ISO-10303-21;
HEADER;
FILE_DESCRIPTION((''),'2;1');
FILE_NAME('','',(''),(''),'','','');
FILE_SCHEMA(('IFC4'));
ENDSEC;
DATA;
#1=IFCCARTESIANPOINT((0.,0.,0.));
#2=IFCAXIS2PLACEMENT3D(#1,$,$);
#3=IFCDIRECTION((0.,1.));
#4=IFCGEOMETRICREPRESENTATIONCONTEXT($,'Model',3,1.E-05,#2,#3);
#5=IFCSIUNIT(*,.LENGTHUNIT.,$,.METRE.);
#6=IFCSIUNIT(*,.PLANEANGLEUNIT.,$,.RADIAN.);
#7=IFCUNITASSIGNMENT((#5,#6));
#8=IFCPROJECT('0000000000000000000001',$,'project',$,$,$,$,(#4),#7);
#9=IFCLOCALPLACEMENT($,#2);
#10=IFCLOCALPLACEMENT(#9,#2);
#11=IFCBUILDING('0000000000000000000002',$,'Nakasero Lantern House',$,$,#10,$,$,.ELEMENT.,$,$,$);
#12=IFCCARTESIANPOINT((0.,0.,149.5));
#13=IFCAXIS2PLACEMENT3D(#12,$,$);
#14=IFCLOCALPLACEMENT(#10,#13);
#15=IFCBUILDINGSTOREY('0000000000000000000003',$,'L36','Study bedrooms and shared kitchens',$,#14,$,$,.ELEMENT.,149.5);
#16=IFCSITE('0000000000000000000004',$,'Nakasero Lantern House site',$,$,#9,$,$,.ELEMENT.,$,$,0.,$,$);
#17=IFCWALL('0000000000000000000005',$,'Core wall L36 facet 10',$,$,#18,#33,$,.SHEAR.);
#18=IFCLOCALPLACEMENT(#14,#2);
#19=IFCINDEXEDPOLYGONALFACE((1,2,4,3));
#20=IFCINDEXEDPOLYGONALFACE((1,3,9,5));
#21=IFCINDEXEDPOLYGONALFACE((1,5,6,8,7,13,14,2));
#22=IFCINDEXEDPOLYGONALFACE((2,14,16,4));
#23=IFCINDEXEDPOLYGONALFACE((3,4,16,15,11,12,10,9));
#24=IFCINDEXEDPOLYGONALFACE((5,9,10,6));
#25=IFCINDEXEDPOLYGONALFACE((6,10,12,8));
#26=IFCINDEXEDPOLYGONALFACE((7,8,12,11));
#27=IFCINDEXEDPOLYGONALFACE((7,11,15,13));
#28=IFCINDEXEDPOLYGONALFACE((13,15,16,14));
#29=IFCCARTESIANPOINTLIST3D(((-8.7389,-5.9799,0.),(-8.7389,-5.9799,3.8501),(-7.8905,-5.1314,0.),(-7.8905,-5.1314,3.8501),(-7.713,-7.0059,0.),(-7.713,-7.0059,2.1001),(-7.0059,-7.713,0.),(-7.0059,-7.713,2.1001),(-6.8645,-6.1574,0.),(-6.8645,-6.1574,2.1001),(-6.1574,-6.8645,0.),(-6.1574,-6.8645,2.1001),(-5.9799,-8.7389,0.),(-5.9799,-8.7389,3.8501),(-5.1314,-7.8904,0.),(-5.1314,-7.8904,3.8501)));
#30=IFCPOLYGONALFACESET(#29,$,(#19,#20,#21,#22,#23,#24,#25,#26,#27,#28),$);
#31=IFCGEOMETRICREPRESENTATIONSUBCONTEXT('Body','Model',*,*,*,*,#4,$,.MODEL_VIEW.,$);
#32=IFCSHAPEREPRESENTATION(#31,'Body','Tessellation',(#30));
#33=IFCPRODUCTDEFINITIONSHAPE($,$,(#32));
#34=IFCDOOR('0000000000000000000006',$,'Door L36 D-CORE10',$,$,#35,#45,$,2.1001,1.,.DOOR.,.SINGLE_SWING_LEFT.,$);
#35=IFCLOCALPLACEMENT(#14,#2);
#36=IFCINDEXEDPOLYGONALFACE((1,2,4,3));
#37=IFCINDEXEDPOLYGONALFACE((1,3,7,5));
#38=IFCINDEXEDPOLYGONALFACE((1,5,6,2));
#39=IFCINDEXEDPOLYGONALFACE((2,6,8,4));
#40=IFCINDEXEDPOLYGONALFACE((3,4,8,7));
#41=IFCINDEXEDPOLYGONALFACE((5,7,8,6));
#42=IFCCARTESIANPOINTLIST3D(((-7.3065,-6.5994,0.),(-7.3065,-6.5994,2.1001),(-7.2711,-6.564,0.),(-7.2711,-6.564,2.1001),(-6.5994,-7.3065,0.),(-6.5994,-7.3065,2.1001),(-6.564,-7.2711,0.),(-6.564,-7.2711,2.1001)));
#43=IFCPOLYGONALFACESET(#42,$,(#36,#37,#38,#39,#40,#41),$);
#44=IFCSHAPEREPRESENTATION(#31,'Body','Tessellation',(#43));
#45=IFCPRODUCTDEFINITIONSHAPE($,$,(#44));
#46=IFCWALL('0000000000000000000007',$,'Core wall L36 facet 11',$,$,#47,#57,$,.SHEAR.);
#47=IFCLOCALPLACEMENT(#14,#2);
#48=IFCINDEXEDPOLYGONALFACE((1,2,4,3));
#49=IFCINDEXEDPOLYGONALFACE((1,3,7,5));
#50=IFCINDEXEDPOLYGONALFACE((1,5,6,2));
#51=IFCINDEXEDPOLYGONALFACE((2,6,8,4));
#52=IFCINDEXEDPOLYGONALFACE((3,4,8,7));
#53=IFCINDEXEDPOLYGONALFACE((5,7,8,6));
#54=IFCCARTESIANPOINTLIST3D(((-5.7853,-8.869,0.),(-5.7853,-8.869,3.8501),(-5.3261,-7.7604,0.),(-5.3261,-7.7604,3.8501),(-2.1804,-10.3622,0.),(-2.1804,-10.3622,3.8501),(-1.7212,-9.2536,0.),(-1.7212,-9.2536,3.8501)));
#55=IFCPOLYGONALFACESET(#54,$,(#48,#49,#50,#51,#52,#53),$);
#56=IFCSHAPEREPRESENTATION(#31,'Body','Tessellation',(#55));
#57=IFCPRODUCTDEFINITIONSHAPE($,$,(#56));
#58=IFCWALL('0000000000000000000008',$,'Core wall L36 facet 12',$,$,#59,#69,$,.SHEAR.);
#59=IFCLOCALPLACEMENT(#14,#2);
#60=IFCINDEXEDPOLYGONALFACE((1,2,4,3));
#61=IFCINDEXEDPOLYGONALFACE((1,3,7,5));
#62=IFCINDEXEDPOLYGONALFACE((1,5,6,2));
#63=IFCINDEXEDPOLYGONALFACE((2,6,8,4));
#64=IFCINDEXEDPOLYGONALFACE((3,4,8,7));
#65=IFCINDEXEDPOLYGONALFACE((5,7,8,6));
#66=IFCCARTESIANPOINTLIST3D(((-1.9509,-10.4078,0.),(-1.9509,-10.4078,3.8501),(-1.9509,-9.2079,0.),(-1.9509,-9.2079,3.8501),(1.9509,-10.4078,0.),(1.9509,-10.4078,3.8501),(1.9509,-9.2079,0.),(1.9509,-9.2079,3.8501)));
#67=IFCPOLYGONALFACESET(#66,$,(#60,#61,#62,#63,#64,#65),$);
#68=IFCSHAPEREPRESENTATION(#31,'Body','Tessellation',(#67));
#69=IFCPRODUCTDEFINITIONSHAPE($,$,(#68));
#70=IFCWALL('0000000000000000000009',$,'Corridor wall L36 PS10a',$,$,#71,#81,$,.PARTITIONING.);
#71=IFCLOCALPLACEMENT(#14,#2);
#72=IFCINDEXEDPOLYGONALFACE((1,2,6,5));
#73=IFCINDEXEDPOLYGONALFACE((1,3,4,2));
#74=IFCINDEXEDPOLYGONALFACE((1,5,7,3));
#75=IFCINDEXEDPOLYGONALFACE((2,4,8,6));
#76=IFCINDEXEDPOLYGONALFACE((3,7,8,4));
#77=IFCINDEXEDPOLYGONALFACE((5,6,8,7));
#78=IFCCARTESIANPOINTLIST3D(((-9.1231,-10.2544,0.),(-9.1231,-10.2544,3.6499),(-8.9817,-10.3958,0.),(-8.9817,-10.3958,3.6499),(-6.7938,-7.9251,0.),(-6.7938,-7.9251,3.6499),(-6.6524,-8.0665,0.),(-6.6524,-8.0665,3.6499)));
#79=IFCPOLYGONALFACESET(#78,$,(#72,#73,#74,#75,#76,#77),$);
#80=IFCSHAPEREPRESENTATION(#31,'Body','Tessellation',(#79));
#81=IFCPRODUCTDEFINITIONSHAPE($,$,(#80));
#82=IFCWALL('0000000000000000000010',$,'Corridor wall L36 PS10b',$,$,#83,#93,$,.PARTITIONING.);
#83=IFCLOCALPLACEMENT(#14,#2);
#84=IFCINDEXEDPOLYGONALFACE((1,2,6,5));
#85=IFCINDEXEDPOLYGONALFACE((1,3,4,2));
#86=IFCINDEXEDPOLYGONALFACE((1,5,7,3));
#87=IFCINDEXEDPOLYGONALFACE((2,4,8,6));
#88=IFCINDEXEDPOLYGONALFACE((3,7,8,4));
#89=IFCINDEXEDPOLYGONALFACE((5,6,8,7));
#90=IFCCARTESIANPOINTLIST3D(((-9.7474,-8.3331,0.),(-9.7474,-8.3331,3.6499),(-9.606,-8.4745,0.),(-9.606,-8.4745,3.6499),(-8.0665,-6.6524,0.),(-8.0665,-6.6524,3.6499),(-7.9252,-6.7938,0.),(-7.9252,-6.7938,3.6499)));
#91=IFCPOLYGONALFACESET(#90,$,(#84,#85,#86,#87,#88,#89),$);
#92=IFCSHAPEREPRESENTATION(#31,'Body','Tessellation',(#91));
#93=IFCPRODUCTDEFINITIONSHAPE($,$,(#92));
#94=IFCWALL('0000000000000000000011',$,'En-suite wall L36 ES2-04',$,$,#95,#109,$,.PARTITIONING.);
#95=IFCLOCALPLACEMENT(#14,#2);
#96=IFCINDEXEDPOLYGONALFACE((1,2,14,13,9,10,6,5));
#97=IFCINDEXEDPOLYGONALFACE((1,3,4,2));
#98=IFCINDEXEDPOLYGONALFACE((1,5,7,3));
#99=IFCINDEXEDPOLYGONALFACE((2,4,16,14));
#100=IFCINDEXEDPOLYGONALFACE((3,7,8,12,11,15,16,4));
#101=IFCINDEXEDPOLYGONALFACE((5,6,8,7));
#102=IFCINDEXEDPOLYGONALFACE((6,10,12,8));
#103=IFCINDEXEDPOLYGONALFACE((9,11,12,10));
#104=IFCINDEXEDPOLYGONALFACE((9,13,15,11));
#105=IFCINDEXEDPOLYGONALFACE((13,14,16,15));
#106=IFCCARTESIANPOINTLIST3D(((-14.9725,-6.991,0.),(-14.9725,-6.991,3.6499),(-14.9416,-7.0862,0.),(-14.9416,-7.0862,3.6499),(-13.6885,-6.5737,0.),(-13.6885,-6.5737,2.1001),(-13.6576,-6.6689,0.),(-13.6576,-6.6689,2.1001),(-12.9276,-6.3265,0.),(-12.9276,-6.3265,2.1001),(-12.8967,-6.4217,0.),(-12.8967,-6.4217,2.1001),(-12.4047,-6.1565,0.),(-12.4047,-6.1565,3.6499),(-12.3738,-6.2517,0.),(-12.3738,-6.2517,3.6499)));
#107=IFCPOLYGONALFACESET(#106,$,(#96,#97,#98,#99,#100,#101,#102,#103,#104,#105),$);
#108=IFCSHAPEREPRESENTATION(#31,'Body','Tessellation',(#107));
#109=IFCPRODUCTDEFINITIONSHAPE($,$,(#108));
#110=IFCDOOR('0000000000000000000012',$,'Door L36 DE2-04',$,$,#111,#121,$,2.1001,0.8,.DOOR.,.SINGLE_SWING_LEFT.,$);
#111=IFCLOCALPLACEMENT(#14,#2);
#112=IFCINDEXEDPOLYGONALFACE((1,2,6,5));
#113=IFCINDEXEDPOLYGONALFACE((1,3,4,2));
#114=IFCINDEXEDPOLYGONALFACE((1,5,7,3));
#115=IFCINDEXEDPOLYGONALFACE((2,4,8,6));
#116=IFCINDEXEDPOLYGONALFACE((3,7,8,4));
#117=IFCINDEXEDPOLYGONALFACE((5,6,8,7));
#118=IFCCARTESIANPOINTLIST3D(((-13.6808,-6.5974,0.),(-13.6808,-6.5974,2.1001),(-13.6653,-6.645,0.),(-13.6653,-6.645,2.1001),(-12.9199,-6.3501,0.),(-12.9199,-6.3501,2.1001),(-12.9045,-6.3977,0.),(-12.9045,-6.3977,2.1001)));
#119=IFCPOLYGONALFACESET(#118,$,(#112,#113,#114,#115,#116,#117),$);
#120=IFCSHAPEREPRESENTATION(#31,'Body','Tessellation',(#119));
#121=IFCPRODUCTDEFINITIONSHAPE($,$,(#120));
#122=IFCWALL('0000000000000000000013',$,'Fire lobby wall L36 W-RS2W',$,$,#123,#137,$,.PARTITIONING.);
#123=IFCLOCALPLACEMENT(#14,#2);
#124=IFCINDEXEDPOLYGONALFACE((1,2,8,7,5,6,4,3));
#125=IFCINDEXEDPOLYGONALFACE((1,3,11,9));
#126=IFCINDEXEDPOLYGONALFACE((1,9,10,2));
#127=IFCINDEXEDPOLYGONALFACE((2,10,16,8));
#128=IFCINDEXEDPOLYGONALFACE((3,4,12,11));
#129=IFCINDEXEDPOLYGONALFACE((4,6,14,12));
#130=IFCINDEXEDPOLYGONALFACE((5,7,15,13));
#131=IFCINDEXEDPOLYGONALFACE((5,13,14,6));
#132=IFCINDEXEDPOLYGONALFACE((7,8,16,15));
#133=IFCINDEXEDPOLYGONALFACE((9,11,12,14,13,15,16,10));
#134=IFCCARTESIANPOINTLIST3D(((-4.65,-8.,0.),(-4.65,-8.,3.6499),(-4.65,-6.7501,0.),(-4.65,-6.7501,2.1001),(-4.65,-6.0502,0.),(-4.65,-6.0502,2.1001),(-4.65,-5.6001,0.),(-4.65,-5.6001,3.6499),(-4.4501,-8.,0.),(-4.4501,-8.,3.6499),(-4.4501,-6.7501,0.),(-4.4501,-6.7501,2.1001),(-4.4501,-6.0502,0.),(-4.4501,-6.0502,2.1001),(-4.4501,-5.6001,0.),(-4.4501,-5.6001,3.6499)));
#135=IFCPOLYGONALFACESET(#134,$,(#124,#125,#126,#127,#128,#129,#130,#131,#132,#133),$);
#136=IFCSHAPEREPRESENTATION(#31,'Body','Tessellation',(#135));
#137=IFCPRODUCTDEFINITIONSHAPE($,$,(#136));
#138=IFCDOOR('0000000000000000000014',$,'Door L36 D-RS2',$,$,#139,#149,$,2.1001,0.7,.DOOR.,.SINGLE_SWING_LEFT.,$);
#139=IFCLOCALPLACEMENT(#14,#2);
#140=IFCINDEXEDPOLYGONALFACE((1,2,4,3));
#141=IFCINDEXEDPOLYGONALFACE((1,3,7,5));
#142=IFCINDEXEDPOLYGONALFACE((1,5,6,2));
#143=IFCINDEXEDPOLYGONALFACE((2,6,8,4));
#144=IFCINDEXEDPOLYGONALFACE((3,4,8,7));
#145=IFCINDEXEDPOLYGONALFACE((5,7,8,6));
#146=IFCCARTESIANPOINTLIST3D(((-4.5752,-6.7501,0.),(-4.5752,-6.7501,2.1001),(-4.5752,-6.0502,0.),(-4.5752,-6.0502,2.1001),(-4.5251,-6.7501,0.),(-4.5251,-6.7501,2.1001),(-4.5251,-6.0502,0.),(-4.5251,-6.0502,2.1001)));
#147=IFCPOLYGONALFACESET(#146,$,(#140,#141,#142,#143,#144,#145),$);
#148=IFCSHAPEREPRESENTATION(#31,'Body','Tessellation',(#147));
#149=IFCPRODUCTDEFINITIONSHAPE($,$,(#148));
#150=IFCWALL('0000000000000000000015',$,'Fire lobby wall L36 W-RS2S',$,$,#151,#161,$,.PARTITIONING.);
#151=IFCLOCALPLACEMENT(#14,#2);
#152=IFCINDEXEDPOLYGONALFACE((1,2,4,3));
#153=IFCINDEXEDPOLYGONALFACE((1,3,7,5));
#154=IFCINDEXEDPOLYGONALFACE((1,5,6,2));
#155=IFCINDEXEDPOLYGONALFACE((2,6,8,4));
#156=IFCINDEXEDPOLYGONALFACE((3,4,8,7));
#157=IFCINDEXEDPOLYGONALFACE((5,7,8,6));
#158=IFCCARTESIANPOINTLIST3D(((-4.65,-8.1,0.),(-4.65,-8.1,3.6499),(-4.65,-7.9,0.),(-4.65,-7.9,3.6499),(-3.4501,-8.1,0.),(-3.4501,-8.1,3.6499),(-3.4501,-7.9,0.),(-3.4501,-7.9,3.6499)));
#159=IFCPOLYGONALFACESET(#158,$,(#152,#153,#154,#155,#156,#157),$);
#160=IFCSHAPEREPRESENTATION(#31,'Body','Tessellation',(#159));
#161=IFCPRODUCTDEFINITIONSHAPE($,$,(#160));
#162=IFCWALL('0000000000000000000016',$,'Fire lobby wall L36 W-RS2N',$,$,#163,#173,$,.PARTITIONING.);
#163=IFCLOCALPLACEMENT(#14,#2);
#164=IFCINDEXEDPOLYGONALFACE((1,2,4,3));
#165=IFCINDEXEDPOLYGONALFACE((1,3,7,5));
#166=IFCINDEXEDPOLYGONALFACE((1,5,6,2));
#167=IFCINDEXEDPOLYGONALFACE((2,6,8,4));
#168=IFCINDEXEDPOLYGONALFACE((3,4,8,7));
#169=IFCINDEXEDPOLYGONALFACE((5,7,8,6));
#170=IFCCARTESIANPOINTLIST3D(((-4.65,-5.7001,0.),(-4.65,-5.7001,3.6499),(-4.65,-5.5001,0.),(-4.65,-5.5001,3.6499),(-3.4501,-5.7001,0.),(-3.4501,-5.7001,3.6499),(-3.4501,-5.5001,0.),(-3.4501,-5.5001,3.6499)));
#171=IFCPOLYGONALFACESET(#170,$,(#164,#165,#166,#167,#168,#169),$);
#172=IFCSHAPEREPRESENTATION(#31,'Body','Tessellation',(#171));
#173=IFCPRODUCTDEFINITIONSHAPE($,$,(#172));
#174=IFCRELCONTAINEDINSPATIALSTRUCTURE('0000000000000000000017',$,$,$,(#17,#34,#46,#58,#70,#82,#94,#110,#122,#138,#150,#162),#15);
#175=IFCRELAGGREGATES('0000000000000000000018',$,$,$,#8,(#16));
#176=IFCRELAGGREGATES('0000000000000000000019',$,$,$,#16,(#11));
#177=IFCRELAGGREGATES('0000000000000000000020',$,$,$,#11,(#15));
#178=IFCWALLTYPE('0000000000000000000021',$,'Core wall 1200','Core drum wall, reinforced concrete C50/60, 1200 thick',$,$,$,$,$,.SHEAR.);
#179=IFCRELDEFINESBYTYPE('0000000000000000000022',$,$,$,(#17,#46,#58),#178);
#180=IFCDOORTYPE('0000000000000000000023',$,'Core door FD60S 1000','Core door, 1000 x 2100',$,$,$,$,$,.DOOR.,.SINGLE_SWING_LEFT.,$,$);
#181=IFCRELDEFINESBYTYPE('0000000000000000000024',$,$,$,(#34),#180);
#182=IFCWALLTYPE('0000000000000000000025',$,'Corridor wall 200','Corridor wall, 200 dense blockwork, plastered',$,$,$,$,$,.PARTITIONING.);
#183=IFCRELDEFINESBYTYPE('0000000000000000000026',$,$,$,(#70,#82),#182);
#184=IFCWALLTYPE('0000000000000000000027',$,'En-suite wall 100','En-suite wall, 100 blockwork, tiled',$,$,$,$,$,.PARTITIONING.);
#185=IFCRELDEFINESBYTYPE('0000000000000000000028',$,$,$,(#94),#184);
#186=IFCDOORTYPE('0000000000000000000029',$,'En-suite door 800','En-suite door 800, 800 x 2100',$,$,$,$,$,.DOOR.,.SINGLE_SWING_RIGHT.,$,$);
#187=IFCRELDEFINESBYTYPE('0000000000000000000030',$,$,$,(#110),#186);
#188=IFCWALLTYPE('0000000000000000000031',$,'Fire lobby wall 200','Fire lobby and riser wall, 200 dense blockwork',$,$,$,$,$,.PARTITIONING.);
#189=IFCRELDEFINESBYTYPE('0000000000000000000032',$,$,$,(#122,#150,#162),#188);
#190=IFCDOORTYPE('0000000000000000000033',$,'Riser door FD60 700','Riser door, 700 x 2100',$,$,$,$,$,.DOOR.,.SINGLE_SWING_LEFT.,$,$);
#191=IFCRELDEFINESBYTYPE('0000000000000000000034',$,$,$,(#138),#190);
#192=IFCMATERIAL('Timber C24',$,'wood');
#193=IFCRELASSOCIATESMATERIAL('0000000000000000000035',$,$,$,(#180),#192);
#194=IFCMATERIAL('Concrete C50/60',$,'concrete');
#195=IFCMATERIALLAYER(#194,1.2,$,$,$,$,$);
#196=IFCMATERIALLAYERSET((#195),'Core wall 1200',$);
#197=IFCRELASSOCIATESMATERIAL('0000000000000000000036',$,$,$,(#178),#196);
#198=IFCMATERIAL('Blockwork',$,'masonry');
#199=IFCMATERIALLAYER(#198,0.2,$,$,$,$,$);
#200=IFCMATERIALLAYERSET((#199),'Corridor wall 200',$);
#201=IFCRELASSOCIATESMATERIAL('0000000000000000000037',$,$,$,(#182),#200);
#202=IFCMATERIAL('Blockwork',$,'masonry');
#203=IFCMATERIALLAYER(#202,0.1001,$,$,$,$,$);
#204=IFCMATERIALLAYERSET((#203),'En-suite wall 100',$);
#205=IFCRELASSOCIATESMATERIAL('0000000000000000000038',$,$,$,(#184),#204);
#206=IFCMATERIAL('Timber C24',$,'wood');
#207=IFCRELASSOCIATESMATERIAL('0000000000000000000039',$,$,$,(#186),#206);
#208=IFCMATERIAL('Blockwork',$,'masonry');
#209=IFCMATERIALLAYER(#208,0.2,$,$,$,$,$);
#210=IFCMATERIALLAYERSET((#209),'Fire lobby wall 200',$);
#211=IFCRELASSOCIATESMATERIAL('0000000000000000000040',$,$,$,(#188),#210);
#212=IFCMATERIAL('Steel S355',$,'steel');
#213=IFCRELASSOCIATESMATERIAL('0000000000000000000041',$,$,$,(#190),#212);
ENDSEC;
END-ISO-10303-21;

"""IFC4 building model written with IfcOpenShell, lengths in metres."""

from ifc_helpers import new_model, si_unit, direction, frame, frame_2d, origin, place, context, subcontext, project, spatial, rectangle, extrude, material, layer, layer_set, type_object, element, fill, save


model = new_model("IFC4")

# Units and contexts
model_context = context("Model", 3, precision=1e-05, world=origin(), true_north=direction((0.0, 1.0)))
body_context = subcontext(model_context, "Body", "Model", "MODEL_VIEW")
ifc_project = project(units=[si_unit("LENGTHUNIT", "METRE"), si_unit("PLANEANGLEUNIT", "RADIAN")], contexts=[model_context])

# Site, building, storey
site_placement = place(None, origin())
site = spatial("IfcSite", under=ifc_project, at=site_placement, Name="Nakasero Lantern House site", CompositionType="ELEMENT", RefElevation=0.0)
building_placement = place(site_placement, origin())
building = spatial("IfcBuilding", under=site, at=building_placement, Name="Nakasero Lantern House", CompositionType="ELEMENT")
storey_placement = place(building_placement, frame((0.0, 0.0, 149.5)))
storey = spatial("IfcBuildingStorey", under=building, at=storey_placement, Name="L36", Description="Study bedrooms and shared kitchens", CompositionType="ELEMENT", Elevation=149.5)

# Shared definitions
ifc_material_1 = material(Name="Timber C24", Category="wood")
door_type_1 = type_object("IfcDoorType", Name="Core door FD60S 1000", Description="Core door, 1000 x 2100", OperationType="SINGLE_SWING_LEFT", PredefinedType="DOOR", material=ifc_material_1)

# Shared definitions
ifc_material_2 = material(Name="Concrete C50/60", Category="concrete")
ifc_layer_1 = layer(ifc_material_2, 1.2)
ifc_layer_set_1 = layer_set([ifc_layer_1], Name="Core wall 1200")
wall_type_1 = type_object("IfcWallType", Name="Core wall 1200", Description="Core drum wall, reinforced concrete C50/60, 1200 thick", PredefinedType="SHEAR", material=ifc_layer_set_1)

# Wall, opening, door
wall_1_placement = place(storey_placement, frame((-8.3147, -5.5557, 0.0), z_axis=(0.0, 0.0, 1.0), x_axis=(0.707107, -0.707107, 0.0)))
wall_1 = element("IfcWall", 1, at=wall_1_placement, inside=storey, type_object=wall_type_1, Name="Core wall L36 facet 10", PredefinedType="SHEAR", context=body_context, shape_type="SweptSolid", body=[
    extrude(rectangle(XDim=3.9019, YDim=1.2, at=frame_2d((1.9509, 0.0))), origin(), (0.0, 0.0, 1.0), 3.8501),
])
opening_1_placement = place(wall_1_placement, frame((1.4509, 0.0, 0.0)))
opening_1 = element("IfcOpeningElement", 2, at=opening_1_placement, cuts=wall_1, PredefinedType="OPENING", context=body_context, shape_type="SweptSolid", body=[
    extrude(rectangle(XDim=1.0, YDim=2.1001, at=frame_2d((0.5, 1.05))), frame((0.0, 0.6199, 0.0), z_axis=(0.0, -1.0, 0.0), x_axis=(1.0, 0.0, 0.0)), (0.0, 0.0, 1.0), 1.24),
])
door_1_placement = place(opening_1_placement, origin())
door_1 = element("IfcDoor", 3, at=door_1_placement, inside=storey, type_object=door_type_1, Name="Door L36 D-CORE10", OperationType="SINGLE_SWING_LEFT", OverallHeight=2.1001, OverallWidth=1.0, PredefinedType="DOOR", context=body_context, shape_type="SweptSolid", body=[
    extrude(rectangle(XDim=1.0, YDim=2.1001, at=frame_2d((0.5, 1.05))), frame((0.0, 0.0249, 0.0), z_axis=(0.0, -1.0, 0.0), x_axis=(1.0, 0.0, 0.0)), (0.0, 0.0, 1.0), 0.05),
])
fill(opening_1, door_1)

# Walls
for number, where, z_axis, x_axis, name in (
    (4, (-5.5557, -8.3147, 0.0), (0.0, 0.0, 1.0), (0.923877, -0.382691, 0.0), "Core wall L36 facet 11"),
    (5, (-1.9509, -9.8079, 0.0), (0.0, 0.0, 1.0), (1.0, 0.0, 0.0), "Core wall L36 facet 12"),
):
    element("IfcWall", number, at=place(storey_placement, frame(where, z_axis=z_axis, x_axis=x_axis)), inside=storey, type_object=wall_type_1, Name=name, PredefinedType="SHEAR", context=body_context, shape_type="SweptSolid", body=[
        extrude(rectangle(XDim=3.9019, YDim=1.2, at=frame_2d((1.9509, 0.0))), origin(), (0.0, 0.0, 1.0), 3.8501),
    ])
ifc_material_3 = material(Name="Blockwork", Category="masonry")
ifc_layer_2 = layer(ifc_material_3, 0.2)
ifc_layer_set_2 = layer_set([ifc_layer_2], Name="Corridor wall 200")
wall_type_2 = type_object("IfcWallType", Name="Corridor wall 200", Description="Corridor wall, 200 dense blockwork, plastered", PredefinedType="PARTITIONING", material=ifc_layer_set_2)
wall_2_placement = place(storey_placement, frame((-6.7231, -7.9958, 0.0), z_axis=(0.0, 0.0, 1.0), x_axis=(-0.707107, -0.707107, 0.0)))
element("IfcWall", 6, at=wall_2_placement, inside=storey, type_object=wall_type_2, Name="Corridor wall L36 PS10a", PredefinedType="PARTITIONING", context=body_context, shape_type="SweptSolid", body=[
    extrude(rectangle(XDim=3.2942, YDim=0.2, at=frame_2d((1.647, 0.0))), origin(), (0.0, 0.0, 1.0), 3.6499),
])
wall_3_placement = place(storey_placement, frame((-7.9958, -6.7231, 0.0), z_axis=(0.0, 0.0, 1.0), x_axis=(-0.707158, -0.707055, 0.0)))
element("IfcWall", 7, at=wall_3_placement, inside=storey, type_object=wall_type_2, Name="Corridor wall L36 PS10b", PredefinedType="PARTITIONING", context=body_context, shape_type="SweptSolid", body=[
    extrude(rectangle(XDim=2.377, YDim=0.2, at=frame_2d((1.1885, 0.0))), origin(), (0.0, 0.0, 1.0), 3.6499),
])

# Walls, openings, doors
ifc_material_4 = material(Name="Blockwork", Category="masonry")
ifc_layer_3 = layer(ifc_material_4, 0.1001)
ifc_layer_set_3 = layer_set([ifc_layer_3], Name="En-suite wall 100")
wall_type_3 = type_object("IfcWallType", Name="En-suite wall 100", Description="En-suite wall, 100 blockwork, tiled", PredefinedType="PARTITIONING", material=ifc_layer_set_3)
wall_4_placement = place(storey_placement, frame((-12.3892, -6.2041, 0.0), z_axis=(0.0, 0.0, 1.0), x_axis=(-0.951043, -0.309057, 0.0)))
wall_4 = element("IfcWall", 8, at=wall_4_placement, inside=storey, type_object=wall_type_3, Name="En-suite wall L36 ES2-04", PredefinedType="PARTITIONING", context=body_context, shape_type="SweptSolid", body=[
    extrude(rectangle(XDim=2.7, YDim=0.1001, at=frame_2d((1.3501, 0.0))), origin(), (0.0, 0.0, 1.0), 3.6499),
])
opening_2_placement = place(wall_4_placement, frame((0.55, 0.0, 0.0)))
opening_2 = element("IfcOpeningElement", 9, at=opening_2_placement, cuts=wall_4, PredefinedType="OPENING", context=body_context, shape_type="SweptSolid", body=[
    extrude(rectangle(XDim=0.8, YDim=2.1001, at=frame_2d((0.3999, 1.05))), frame((0.0, 0.0701, 0.0), z_axis=(0.0, -1.0, 0.0), x_axis=(1.0, 0.0, 0.0)), (0.0, 0.0, 1.0), 0.1401),
])
ifc_material_5 = material(Name="Timber C24", Category="wood")
door_type_2 = type_object("IfcDoorType", Name="En-suite door 800", Description="En-suite door 800, 800 x 2100", OperationType="SINGLE_SWING_RIGHT", PredefinedType="DOOR", material=ifc_material_5)
door_2_placement = place(opening_2_placement, origin())
door_2 = element("IfcDoor", 10, at=door_2_placement, inside=storey, type_object=door_type_2, Name="Door L36 DE2-04", OperationType="SINGLE_SWING_LEFT", OverallHeight=2.1001, OverallWidth=0.8, PredefinedType="DOOR", context=body_context, shape_type="SweptSolid", body=[
    extrude(rectangle(XDim=0.8, YDim=2.1001, at=frame_2d((0.3999, 1.05))), frame((0.0, 0.0249, 0.0), z_axis=(0.0, -1.0, 0.0), x_axis=(1.0, 0.0, 0.0)), (0.0, 0.0, 1.0), 0.05),
])
fill(opening_2, door_2)
ifc_material_6 = material(Name="Blockwork", Category="masonry")
ifc_layer_4 = layer(ifc_material_6, 0.2)
ifc_layer_set_4 = layer_set([ifc_layer_4], Name="Fire lobby wall 200")
wall_type_4 = type_object("IfcWallType", Name="Fire lobby wall 200", Description="Fire lobby and riser wall, 200 dense blockwork", PredefinedType="PARTITIONING", material=ifc_layer_set_4)
wall_5_placement = place(storey_placement, frame((-4.55, -5.6001, 0.0), z_axis=(0.0, 0.0, 1.0), x_axis=(0.0, -1.0, 0.0)))
wall_5 = element("IfcWall", 11, at=wall_5_placement, inside=storey, type_object=wall_type_4, Name="Fire lobby wall L36 W-RS2W", PredefinedType="PARTITIONING", context=body_context, shape_type="SweptSolid", body=[
    extrude(rectangle(XDim=2.3999, YDim=0.2, at=frame_2d((1.2, 0.0))), origin(), (0.0, 0.0, 1.0), 3.6499),
])
opening_3_placement = place(wall_5_placement, frame((0.45, 0.0, 0.0)))
opening_3 = element("IfcOpeningElement", 12, at=opening_3_placement, cuts=wall_5, PredefinedType="OPENING", context=body_context, shape_type="SweptSolid", body=[
    extrude(rectangle(XDim=0.7, YDim=2.1001, at=frame_2d((0.3501, 1.05))), frame((0.0, 0.1199, 0.0), z_axis=(0.0, -1.0, 0.0), x_axis=(1.0, 0.0, 0.0)), (0.0, 0.0, 1.0), 0.24),
])
ifc_material_7 = material(Name="Steel S355", Category="steel")
door_type_3 = type_object("IfcDoorType", Name="Riser door FD60 700", Description="Riser door, 700 x 2100", OperationType="SINGLE_SWING_LEFT", PredefinedType="DOOR", material=ifc_material_7)
door_3_placement = place(opening_3_placement, origin())
door_3 = element("IfcDoor", 13, at=door_3_placement, inside=storey, type_object=door_type_3, Name="Door L36 D-RS2", OperationType="SINGLE_SWING_LEFT", OverallHeight=2.1001, OverallWidth=0.7, PredefinedType="DOOR", context=body_context, shape_type="SweptSolid", body=[
    extrude(rectangle(XDim=0.7, YDim=2.1001, at=frame_2d((0.3501, 1.05))), frame((0.0, 0.0249, 0.0), z_axis=(0.0, -1.0, 0.0), x_axis=(1.0, 0.0, 0.0)), (0.0, 0.0, 1.0), 0.05),
])
fill(opening_3, door_3)

# Walls
for number, where, z_axis, x_axis, name in (
    (14, (-3.45, -8.0, 0.0), (0.0, 0.0, 1.0), (-1.0, 0.0, 0.0), "Fire lobby wall L36 W-RS2S"),
    (15, (-3.45, -5.6001, 0.0), (0.0, 0.0, 1.0), (-1.0, 0.0, 0.0), "Fire lobby wall L36 W-RS2N"),
):
    element("IfcWall", number, at=place(storey_placement, frame(where, z_axis=z_axis, x_axis=x_axis)), inside=storey, type_object=wall_type_4, Name=name, PredefinedType="PARTITIONING", context=body_context, shape_type="SweptSolid", body=[
        extrude(rectangle(XDim=1.2, YDim=0.2, at=frame_2d((0.6001, 0.0))), origin(), (0.0, 0.0, 1.0), 3.6499),
    ])

save(model, "model.ifc")
